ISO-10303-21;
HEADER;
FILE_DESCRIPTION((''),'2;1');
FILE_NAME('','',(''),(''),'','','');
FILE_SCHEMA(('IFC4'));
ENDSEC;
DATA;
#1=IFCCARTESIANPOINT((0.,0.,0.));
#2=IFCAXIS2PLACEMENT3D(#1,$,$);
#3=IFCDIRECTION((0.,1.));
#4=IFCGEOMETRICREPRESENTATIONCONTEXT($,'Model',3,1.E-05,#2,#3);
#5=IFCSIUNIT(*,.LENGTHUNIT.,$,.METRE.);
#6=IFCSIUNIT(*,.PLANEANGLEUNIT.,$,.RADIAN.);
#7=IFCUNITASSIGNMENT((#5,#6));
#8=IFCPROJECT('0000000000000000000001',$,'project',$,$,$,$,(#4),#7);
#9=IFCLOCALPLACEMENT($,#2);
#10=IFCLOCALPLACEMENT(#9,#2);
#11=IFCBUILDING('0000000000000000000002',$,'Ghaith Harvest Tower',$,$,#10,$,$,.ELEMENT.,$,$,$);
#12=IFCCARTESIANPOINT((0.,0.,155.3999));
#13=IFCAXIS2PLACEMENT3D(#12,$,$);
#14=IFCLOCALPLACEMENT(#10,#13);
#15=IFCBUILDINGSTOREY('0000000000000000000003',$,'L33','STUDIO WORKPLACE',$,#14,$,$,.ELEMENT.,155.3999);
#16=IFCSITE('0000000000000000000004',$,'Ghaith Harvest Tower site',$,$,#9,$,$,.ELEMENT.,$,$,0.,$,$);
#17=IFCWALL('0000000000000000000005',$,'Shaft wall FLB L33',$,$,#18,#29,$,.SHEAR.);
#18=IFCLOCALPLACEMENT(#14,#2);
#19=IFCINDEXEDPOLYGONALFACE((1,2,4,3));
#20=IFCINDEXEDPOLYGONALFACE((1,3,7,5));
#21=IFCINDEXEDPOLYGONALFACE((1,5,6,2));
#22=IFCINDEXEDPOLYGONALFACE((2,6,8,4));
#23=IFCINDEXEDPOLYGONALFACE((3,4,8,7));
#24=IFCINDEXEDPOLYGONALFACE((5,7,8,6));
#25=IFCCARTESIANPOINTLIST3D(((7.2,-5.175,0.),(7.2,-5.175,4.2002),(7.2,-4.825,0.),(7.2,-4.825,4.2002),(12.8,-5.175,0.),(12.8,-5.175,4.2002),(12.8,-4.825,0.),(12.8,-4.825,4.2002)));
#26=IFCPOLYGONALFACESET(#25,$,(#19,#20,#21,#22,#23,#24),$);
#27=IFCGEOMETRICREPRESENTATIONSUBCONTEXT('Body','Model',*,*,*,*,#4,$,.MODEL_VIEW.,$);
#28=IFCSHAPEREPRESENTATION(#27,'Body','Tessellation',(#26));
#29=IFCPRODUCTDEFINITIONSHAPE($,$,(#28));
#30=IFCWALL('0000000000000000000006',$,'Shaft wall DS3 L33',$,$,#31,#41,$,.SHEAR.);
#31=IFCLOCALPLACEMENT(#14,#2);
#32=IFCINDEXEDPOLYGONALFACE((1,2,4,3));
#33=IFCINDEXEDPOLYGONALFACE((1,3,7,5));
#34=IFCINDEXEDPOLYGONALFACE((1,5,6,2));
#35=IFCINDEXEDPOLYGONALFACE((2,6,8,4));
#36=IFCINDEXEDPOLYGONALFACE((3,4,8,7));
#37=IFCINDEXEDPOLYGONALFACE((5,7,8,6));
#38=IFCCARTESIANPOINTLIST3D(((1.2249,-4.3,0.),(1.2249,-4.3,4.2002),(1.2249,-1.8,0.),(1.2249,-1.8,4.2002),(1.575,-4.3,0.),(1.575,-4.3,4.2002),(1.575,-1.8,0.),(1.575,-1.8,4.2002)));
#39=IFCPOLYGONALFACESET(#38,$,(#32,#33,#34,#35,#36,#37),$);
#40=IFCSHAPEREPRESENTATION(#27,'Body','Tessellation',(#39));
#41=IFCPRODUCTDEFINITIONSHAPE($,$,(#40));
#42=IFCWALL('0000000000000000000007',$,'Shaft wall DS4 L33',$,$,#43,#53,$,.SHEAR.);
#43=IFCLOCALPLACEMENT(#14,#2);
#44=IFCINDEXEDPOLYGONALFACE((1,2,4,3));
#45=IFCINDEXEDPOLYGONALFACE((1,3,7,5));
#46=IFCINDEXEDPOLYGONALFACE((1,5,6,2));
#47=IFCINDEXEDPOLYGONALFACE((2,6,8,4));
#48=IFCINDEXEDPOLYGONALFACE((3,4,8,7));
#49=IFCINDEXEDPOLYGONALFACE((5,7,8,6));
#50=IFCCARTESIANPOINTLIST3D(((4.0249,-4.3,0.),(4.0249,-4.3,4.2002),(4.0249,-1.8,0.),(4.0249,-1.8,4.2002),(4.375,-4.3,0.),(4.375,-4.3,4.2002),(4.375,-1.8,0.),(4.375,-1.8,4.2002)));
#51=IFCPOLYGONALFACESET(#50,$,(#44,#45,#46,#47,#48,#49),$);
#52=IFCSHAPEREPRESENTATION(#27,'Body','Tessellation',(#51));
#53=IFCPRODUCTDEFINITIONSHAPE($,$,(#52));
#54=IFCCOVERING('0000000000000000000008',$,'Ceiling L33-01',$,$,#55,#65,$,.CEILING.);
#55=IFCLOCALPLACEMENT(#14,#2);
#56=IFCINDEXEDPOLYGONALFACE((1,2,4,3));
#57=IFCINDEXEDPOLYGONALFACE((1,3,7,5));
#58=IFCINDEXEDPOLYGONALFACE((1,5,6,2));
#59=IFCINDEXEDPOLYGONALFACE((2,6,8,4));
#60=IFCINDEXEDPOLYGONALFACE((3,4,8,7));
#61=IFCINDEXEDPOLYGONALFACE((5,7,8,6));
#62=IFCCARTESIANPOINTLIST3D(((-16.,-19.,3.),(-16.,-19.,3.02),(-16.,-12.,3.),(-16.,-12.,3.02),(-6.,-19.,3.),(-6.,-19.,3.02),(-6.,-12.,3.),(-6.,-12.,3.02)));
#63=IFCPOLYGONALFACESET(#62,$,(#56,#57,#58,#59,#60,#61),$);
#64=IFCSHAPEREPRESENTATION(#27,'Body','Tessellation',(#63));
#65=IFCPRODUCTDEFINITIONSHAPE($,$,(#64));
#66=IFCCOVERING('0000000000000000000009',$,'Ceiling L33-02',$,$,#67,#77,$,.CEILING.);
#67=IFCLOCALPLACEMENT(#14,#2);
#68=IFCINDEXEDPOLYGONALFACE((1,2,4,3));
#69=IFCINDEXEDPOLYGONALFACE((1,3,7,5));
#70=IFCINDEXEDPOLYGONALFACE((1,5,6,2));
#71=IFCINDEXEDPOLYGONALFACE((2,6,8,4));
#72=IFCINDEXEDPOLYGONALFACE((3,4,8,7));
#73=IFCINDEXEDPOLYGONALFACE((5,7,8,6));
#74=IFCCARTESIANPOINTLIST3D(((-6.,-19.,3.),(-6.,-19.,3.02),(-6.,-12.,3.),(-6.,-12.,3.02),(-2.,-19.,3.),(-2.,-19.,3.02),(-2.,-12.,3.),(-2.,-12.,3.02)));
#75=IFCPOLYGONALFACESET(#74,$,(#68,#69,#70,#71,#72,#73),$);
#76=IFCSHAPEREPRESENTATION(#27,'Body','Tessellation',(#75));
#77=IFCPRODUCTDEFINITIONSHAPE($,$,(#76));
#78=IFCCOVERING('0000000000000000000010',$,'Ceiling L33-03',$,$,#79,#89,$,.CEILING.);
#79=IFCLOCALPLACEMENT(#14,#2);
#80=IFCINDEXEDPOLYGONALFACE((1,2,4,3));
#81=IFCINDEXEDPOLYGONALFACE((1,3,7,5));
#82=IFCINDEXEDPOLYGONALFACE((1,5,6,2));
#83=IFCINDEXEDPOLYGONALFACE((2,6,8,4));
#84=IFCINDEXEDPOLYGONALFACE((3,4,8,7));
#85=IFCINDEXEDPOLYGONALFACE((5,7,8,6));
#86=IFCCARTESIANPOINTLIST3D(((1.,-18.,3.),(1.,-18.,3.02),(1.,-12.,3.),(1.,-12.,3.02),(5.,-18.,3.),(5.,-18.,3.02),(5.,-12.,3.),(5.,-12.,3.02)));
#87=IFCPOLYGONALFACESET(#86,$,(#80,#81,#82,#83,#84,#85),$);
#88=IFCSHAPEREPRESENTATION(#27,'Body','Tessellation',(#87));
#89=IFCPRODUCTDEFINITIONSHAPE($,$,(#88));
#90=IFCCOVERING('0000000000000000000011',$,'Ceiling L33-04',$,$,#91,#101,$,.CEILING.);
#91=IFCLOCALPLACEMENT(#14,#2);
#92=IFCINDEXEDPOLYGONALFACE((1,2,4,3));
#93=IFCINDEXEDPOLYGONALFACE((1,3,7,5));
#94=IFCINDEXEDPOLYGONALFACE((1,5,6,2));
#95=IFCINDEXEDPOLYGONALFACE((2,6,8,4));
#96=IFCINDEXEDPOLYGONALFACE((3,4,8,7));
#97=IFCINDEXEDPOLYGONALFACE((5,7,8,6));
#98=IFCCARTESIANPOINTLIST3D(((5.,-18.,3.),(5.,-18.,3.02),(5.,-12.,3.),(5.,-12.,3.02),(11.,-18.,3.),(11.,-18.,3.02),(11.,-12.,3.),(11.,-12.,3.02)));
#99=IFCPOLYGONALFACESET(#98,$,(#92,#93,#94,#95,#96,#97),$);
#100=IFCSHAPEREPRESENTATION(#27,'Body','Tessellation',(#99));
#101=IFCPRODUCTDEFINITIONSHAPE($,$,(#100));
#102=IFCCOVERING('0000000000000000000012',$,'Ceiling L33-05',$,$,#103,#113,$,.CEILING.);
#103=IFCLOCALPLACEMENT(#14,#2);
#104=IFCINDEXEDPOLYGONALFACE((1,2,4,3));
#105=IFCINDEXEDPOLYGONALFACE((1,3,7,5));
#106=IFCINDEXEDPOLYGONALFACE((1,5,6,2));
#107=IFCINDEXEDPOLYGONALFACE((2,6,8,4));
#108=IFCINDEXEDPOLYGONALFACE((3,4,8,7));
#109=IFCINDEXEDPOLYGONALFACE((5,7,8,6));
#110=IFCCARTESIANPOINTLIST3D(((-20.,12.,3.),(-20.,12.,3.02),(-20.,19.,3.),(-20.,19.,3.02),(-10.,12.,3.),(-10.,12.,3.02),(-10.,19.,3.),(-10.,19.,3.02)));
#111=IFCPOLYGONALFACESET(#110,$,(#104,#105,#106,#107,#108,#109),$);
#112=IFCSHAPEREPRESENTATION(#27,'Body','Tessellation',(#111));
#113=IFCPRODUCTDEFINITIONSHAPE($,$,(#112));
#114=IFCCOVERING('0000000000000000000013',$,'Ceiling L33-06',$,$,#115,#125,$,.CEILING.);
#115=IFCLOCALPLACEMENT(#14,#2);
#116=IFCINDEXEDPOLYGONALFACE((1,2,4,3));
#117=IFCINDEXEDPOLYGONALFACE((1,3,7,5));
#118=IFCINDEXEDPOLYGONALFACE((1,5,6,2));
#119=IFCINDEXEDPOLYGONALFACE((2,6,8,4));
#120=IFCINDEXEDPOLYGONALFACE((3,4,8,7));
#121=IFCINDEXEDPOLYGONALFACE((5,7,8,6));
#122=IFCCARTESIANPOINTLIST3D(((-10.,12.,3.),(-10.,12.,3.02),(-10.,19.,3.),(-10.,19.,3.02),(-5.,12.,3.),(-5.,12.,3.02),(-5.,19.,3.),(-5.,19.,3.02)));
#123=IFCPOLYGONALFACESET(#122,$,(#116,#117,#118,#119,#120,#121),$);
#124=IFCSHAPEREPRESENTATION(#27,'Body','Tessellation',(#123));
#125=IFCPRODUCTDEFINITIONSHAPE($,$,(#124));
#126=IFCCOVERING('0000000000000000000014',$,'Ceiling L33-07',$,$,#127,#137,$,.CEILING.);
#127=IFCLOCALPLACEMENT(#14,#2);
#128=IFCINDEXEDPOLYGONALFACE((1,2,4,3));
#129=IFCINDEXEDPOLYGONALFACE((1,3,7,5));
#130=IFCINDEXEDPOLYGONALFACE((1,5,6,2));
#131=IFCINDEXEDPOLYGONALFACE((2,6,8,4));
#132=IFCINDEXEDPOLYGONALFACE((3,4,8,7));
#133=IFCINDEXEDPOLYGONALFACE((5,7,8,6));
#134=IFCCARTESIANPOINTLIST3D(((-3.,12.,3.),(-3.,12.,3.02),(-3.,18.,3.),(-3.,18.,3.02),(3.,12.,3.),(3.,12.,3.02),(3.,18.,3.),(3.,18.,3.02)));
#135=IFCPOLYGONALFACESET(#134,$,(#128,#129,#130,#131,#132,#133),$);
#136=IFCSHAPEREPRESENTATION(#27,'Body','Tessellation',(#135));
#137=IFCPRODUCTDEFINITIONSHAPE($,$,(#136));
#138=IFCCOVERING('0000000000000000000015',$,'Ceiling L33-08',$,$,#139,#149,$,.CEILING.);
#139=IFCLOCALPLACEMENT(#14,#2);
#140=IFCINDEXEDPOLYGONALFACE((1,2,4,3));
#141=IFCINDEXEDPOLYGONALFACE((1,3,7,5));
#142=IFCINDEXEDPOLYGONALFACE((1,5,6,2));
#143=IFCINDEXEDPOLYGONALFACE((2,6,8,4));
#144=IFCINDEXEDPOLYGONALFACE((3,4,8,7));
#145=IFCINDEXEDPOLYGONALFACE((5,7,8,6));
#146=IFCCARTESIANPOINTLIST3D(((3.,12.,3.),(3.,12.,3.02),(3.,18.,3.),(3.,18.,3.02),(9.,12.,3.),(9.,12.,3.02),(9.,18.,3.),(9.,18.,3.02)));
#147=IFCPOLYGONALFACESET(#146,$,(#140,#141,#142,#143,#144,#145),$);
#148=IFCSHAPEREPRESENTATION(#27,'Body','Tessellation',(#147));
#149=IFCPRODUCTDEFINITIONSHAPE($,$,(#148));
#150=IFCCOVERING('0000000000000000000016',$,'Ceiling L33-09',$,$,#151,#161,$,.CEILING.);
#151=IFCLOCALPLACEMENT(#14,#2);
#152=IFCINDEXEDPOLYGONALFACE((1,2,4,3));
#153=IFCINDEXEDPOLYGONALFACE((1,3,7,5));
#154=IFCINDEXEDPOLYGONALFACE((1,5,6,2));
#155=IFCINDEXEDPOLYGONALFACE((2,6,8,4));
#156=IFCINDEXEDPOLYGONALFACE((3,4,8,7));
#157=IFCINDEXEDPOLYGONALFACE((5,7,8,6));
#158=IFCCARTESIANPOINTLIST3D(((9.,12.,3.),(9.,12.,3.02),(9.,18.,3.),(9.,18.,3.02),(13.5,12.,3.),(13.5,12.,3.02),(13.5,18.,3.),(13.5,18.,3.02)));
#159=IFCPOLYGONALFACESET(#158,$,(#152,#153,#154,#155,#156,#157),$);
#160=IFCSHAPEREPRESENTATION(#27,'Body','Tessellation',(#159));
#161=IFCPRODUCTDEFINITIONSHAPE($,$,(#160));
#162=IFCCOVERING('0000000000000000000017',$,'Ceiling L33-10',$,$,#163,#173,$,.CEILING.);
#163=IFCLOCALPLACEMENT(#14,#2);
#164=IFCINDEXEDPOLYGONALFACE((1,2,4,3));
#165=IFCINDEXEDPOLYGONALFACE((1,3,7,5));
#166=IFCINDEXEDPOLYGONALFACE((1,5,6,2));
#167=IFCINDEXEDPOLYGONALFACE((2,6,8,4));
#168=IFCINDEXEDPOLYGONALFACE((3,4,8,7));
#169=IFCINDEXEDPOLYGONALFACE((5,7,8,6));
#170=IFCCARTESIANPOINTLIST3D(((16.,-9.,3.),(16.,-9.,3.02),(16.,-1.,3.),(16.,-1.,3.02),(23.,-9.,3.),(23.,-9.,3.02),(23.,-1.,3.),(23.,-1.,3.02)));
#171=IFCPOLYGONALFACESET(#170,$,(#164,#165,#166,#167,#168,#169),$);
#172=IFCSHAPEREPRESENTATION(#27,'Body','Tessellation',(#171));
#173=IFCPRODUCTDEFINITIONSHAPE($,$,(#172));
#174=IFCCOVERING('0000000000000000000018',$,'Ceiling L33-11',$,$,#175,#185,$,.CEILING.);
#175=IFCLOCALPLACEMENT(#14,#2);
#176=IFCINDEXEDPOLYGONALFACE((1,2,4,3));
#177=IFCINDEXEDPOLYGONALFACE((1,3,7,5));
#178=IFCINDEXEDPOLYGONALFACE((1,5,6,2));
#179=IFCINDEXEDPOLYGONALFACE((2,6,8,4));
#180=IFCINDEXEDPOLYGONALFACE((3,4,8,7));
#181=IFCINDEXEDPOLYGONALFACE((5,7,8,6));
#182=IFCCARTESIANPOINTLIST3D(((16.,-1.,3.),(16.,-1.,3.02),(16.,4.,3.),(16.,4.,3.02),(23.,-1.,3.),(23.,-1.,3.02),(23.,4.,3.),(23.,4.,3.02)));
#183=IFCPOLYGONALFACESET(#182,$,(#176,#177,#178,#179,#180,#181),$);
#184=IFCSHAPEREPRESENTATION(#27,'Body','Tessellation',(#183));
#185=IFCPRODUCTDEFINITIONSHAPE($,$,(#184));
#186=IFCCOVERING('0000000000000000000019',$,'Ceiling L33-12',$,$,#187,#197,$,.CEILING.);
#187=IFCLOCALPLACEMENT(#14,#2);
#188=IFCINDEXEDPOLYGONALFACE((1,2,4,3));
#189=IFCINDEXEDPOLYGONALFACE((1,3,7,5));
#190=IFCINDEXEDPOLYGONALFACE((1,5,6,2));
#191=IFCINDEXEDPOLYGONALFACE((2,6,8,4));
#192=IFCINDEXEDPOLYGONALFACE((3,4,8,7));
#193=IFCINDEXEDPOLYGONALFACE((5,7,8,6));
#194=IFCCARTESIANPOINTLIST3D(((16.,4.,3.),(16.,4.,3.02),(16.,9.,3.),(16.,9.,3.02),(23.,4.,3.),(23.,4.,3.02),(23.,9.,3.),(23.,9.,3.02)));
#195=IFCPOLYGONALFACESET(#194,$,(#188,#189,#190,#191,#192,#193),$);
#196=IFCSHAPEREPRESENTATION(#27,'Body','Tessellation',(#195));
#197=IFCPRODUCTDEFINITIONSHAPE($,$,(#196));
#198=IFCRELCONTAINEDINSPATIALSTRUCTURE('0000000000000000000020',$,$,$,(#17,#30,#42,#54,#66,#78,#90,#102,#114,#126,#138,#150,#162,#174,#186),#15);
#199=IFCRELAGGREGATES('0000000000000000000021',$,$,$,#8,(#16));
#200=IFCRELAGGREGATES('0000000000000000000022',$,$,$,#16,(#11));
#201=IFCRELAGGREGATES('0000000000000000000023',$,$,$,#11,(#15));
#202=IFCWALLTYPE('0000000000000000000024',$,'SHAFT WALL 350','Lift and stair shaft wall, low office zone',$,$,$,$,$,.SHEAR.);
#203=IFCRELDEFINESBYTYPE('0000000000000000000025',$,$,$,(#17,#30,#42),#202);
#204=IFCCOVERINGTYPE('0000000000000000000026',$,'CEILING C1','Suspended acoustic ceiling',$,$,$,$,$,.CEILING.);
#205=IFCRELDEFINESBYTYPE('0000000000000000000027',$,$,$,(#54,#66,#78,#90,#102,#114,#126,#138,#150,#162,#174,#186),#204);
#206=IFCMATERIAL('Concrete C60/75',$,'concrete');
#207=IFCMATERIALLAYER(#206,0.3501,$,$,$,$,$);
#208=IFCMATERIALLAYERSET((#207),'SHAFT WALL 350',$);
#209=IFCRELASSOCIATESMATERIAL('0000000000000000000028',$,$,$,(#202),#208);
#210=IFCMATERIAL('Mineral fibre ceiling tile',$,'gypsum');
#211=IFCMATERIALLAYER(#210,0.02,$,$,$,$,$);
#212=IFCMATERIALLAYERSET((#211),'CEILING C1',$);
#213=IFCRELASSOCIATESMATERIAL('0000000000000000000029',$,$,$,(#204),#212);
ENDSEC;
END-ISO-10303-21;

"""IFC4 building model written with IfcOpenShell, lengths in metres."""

from ifc_helpers import new_model, si_unit, direction, frame, frame_2d, origin, place, context, subcontext, project, spatial, polyline, rectangle, outline, extrude, material, layer, layer_set, type_object, element, save


model = new_model("IFC4")

# Units and contexts
model_context = context("Model", 3, precision=1e-05, world=origin(), true_north=direction((0.0, 1.0)))
body_context = subcontext(model_context, "Body", "Model", "MODEL_VIEW")
ifc_project = project(units=[si_unit("LENGTHUNIT", "METRE"), si_unit("PLANEANGLEUNIT", "RADIAN")], contexts=[model_context])

# Site, building, storey
site_placement = place(None, origin())
site = spatial("IfcSite", under=ifc_project, at=site_placement, Name="Ghaith Harvest Tower site", CompositionType="ELEMENT", RefElevation=0.0)
building_placement = place(site_placement, origin())
building = spatial("IfcBuilding", under=site, at=building_placement, Name="Ghaith Harvest Tower", CompositionType="ELEMENT")
storey_placement = place(building_placement, frame((0.0, 0.0, 155.3999)))
storey = spatial("IfcBuildingStorey", under=building, at=storey_placement, Name="L33", Description="STUDIO WORKPLACE", CompositionType="ELEMENT", Elevation=155.3999)

# Shared definitions
ifc_material_1 = material(Name="Concrete C60/75", Category="concrete")
ifc_layer_1 = layer(ifc_material_1, 0.3501)
ifc_layer_set_1 = layer_set([ifc_layer_1], Name="SHAFT WALL 350")
wall_type_1 = type_object("IfcWallType", Name="SHAFT WALL 350", Description="Lift and stair shaft wall, low office zone", PredefinedType="SHEAR", material=ifc_layer_set_1)

# Walls
wall_1_placement = place(storey_placement, frame((7.2, -5.0, 0.0), z_axis=(0.0, 0.0, 1.0), x_axis=(1.0, 0.0, 0.0)))
element("IfcWall", 1, at=wall_1_placement, inside=storey, type_object=wall_type_1, Name="Shaft wall FLB L33", PredefinedType="SHEAR", context=body_context, shape_type="SweptSolid", body=[
    extrude(rectangle(XDim=5.6001, YDim=0.3501, at=frame_2d((2.8, 0.0))), origin(), (0.0, 0.0, 1.0), 4.2002),
])
for number, where, z_axis, x_axis, name in (
    (2, (1.3999, -4.3, 0.0), (0.0, 0.0, 1.0), (0.0, 1.0, 0.0), "Shaft wall DS3 L33"),
    (3, (4.2, -4.3, 0.0), (0.0, 0.0, 1.0), (0.0, 1.0, 0.0), "Shaft wall DS4 L33"),
):
    element("IfcWall", number, at=place(storey_placement, frame(where, z_axis=z_axis, x_axis=x_axis)), inside=storey, type_object=wall_type_1, Name=name, PredefinedType="SHEAR", context=body_context, shape_type="SweptSolid", body=[
        extrude(rectangle(XDim=2.5, YDim=0.3501, at=frame_2d((1.25, 0.0))), origin(), (0.0, 0.0, 1.0), 4.2002),
    ])

# Coverings
ifc_material_2 = material(Name="Mineral fibre ceiling tile", Category="gypsum")
ifc_layer_2 = layer(ifc_material_2, 0.02)
ifc_layer_set_2 = layer_set([ifc_layer_2], Name="CEILING C1")
covering_type = type_object("IfcCoveringType", Name="CEILING C1", Description="Suspended acoustic ceiling", PredefinedType="CEILING", material=ifc_layer_set_2)
covering_1_placement = place(storey_placement, frame((0.0, 0.0, 3.0)))
element("IfcCovering", 4, at=covering_1_placement, inside=storey, type_object=covering_type, Name="Ceiling L33-01", PredefinedType="CEILING", context=body_context, shape_type="SweptSolid", body=[
    extrude(outline(polyline([(-16.0, -19.0), (-6.0, -19.0), (-6.0, -12.0), (-16.0, -12.0), (-16.0, -19.0)])), origin(), (0.0, 0.0, 1.0), 0.02),
])
covering_2_placement = place(storey_placement, frame((0.0, 0.0, 3.0)))
element("IfcCovering", 5, at=covering_2_placement, inside=storey, type_object=covering_type, Name="Ceiling L33-02", PredefinedType="CEILING", context=body_context, shape_type="SweptSolid", body=[
    extrude(outline(polyline([(-6.0, -19.0), (-2.0, -19.0), (-2.0, -12.0), (-6.0, -12.0), (-6.0, -19.0)])), origin(), (0.0, 0.0, 1.0), 0.02),
])
covering_3_placement = place(storey_placement, frame((0.0, 0.0, 3.0)))
element("IfcCovering", 6, at=covering_3_placement, inside=storey, type_object=covering_type, Name="Ceiling L33-03", PredefinedType="CEILING", context=body_context, shape_type="SweptSolid", body=[
    extrude(outline(polyline([(1.0, -18.0), (5.0, -18.0), (5.0, -12.0), (1.0, -12.0), (1.0, -18.0)])), origin(), (0.0, 0.0, 1.0), 0.02),
])
covering_4_placement = place(storey_placement, frame((0.0, 0.0, 3.0)))
element("IfcCovering", 7, at=covering_4_placement, inside=storey, type_object=covering_type, Name="Ceiling L33-04", PredefinedType="CEILING", context=body_context, shape_type="SweptSolid", body=[
    extrude(outline(polyline([(5.0, -18.0), (11.0, -18.0), (11.0, -12.0), (5.0, -12.0), (5.0, -18.0)])), origin(), (0.0, 0.0, 1.0), 0.02),
])
covering_5_placement = place(storey_placement, frame((0.0, 0.0, 3.0)))
element("IfcCovering", 8, at=covering_5_placement, inside=storey, type_object=covering_type, Name="Ceiling L33-05", PredefinedType="CEILING", context=body_context, shape_type="SweptSolid", body=[
    extrude(outline(polyline([(-20.0, 12.0), (-10.0, 12.0), (-10.0, 19.0), (-20.0, 19.0), (-20.0, 12.0)])), origin(), (0.0, 0.0, 1.0), 0.02),
])
covering_6_placement = place(storey_placement, frame((0.0, 0.0, 3.0)))
element("IfcCovering", 9, at=covering_6_placement, inside=storey, type_object=covering_type, Name="Ceiling L33-06", PredefinedType="CEILING", context=body_context, shape_type="SweptSolid", body=[
    extrude(outline(polyline([(-10.0, 12.0), (-5.0, 12.0), (-5.0, 19.0), (-10.0, 19.0), (-10.0, 12.0)])), origin(), (0.0, 0.0, 1.0), 0.02),
])
covering_7_placement = place(storey_placement, frame((0.0, 0.0, 3.0)))
element("IfcCovering", 10, at=covering_7_placement, inside=storey, type_object=covering_type, Name="Ceiling L33-07", PredefinedType="CEILING", context=body_context, shape_type="SweptSolid", body=[
    extrude(outline(polyline([(-3.0, 12.0), (3.0, 12.0), (3.0, 18.0), (-3.0, 18.0), (-3.0, 12.0)])), origin(), (0.0, 0.0, 1.0), 0.02),
])
covering_8_placement = place(storey_placement, frame((0.0, 0.0, 3.0)))
element("IfcCovering", 11, at=covering_8_placement, inside=storey, type_object=covering_type, Name="Ceiling L33-08", PredefinedType="CEILING", context=body_context, shape_type="SweptSolid", body=[
    extrude(outline(polyline([(3.0, 12.0), (9.0, 12.0), (9.0, 18.0), (3.0, 18.0), (3.0, 12.0)])), origin(), (0.0, 0.0, 1.0), 0.02),
])
covering_9_placement = place(storey_placement, frame((0.0, 0.0, 3.0)))
element("IfcCovering", 12, at=covering_9_placement, inside=storey, type_object=covering_type, Name="Ceiling L33-09", PredefinedType="CEILING", context=body_context, shape_type="SweptSolid", body=[
    extrude(outline(polyline([(9.0, 12.0), (13.5, 12.0), (13.5, 18.0), (9.0, 18.0), (9.0, 12.0)])), origin(), (0.0, 0.0, 1.0), 0.02),
])
covering_10_placement = place(storey_placement, frame((0.0, 0.0, 3.0)))
element("IfcCovering", 13, at=covering_10_placement, inside=storey, type_object=covering_type, Name="Ceiling L33-10", PredefinedType="CEILING", context=body_context, shape_type="SweptSolid", body=[
    extrude(outline(polyline([(16.0, -9.0), (23.0, -9.0), (23.0, -1.0), (16.0, -1.0), (16.0, -9.0)])), origin(), (0.0, 0.0, 1.0), 0.02),
])
covering_11_placement = place(storey_placement, frame((0.0, 0.0, 3.0)))
element("IfcCovering", 14, at=covering_11_placement, inside=storey, type_object=covering_type, Name="Ceiling L33-11", PredefinedType="CEILING", context=body_context, shape_type="SweptSolid", body=[
    extrude(outline(polyline([(16.0, -1.0), (23.0, -1.0), (23.0, 4.0), (16.0, 4.0), (16.0, -1.0)])), origin(), (0.0, 0.0, 1.0), 0.02),
])
covering_12_placement = place(storey_placement, frame((0.0, 0.0, 3.0)))
element("IfcCovering", 15, at=covering_12_placement, inside=storey, type_object=covering_type, Name="Ceiling L33-12", PredefinedType="CEILING", context=body_context, shape_type="SweptSolid", body=[
    extrude(outline(polyline([(16.0, 4.0), (23.0, 4.0), (23.0, 9.0), (16.0, 9.0), (16.0, 4.0)])), origin(), (0.0, 0.0, 1.0), 0.02),
])

save(model, "model.ifc")
